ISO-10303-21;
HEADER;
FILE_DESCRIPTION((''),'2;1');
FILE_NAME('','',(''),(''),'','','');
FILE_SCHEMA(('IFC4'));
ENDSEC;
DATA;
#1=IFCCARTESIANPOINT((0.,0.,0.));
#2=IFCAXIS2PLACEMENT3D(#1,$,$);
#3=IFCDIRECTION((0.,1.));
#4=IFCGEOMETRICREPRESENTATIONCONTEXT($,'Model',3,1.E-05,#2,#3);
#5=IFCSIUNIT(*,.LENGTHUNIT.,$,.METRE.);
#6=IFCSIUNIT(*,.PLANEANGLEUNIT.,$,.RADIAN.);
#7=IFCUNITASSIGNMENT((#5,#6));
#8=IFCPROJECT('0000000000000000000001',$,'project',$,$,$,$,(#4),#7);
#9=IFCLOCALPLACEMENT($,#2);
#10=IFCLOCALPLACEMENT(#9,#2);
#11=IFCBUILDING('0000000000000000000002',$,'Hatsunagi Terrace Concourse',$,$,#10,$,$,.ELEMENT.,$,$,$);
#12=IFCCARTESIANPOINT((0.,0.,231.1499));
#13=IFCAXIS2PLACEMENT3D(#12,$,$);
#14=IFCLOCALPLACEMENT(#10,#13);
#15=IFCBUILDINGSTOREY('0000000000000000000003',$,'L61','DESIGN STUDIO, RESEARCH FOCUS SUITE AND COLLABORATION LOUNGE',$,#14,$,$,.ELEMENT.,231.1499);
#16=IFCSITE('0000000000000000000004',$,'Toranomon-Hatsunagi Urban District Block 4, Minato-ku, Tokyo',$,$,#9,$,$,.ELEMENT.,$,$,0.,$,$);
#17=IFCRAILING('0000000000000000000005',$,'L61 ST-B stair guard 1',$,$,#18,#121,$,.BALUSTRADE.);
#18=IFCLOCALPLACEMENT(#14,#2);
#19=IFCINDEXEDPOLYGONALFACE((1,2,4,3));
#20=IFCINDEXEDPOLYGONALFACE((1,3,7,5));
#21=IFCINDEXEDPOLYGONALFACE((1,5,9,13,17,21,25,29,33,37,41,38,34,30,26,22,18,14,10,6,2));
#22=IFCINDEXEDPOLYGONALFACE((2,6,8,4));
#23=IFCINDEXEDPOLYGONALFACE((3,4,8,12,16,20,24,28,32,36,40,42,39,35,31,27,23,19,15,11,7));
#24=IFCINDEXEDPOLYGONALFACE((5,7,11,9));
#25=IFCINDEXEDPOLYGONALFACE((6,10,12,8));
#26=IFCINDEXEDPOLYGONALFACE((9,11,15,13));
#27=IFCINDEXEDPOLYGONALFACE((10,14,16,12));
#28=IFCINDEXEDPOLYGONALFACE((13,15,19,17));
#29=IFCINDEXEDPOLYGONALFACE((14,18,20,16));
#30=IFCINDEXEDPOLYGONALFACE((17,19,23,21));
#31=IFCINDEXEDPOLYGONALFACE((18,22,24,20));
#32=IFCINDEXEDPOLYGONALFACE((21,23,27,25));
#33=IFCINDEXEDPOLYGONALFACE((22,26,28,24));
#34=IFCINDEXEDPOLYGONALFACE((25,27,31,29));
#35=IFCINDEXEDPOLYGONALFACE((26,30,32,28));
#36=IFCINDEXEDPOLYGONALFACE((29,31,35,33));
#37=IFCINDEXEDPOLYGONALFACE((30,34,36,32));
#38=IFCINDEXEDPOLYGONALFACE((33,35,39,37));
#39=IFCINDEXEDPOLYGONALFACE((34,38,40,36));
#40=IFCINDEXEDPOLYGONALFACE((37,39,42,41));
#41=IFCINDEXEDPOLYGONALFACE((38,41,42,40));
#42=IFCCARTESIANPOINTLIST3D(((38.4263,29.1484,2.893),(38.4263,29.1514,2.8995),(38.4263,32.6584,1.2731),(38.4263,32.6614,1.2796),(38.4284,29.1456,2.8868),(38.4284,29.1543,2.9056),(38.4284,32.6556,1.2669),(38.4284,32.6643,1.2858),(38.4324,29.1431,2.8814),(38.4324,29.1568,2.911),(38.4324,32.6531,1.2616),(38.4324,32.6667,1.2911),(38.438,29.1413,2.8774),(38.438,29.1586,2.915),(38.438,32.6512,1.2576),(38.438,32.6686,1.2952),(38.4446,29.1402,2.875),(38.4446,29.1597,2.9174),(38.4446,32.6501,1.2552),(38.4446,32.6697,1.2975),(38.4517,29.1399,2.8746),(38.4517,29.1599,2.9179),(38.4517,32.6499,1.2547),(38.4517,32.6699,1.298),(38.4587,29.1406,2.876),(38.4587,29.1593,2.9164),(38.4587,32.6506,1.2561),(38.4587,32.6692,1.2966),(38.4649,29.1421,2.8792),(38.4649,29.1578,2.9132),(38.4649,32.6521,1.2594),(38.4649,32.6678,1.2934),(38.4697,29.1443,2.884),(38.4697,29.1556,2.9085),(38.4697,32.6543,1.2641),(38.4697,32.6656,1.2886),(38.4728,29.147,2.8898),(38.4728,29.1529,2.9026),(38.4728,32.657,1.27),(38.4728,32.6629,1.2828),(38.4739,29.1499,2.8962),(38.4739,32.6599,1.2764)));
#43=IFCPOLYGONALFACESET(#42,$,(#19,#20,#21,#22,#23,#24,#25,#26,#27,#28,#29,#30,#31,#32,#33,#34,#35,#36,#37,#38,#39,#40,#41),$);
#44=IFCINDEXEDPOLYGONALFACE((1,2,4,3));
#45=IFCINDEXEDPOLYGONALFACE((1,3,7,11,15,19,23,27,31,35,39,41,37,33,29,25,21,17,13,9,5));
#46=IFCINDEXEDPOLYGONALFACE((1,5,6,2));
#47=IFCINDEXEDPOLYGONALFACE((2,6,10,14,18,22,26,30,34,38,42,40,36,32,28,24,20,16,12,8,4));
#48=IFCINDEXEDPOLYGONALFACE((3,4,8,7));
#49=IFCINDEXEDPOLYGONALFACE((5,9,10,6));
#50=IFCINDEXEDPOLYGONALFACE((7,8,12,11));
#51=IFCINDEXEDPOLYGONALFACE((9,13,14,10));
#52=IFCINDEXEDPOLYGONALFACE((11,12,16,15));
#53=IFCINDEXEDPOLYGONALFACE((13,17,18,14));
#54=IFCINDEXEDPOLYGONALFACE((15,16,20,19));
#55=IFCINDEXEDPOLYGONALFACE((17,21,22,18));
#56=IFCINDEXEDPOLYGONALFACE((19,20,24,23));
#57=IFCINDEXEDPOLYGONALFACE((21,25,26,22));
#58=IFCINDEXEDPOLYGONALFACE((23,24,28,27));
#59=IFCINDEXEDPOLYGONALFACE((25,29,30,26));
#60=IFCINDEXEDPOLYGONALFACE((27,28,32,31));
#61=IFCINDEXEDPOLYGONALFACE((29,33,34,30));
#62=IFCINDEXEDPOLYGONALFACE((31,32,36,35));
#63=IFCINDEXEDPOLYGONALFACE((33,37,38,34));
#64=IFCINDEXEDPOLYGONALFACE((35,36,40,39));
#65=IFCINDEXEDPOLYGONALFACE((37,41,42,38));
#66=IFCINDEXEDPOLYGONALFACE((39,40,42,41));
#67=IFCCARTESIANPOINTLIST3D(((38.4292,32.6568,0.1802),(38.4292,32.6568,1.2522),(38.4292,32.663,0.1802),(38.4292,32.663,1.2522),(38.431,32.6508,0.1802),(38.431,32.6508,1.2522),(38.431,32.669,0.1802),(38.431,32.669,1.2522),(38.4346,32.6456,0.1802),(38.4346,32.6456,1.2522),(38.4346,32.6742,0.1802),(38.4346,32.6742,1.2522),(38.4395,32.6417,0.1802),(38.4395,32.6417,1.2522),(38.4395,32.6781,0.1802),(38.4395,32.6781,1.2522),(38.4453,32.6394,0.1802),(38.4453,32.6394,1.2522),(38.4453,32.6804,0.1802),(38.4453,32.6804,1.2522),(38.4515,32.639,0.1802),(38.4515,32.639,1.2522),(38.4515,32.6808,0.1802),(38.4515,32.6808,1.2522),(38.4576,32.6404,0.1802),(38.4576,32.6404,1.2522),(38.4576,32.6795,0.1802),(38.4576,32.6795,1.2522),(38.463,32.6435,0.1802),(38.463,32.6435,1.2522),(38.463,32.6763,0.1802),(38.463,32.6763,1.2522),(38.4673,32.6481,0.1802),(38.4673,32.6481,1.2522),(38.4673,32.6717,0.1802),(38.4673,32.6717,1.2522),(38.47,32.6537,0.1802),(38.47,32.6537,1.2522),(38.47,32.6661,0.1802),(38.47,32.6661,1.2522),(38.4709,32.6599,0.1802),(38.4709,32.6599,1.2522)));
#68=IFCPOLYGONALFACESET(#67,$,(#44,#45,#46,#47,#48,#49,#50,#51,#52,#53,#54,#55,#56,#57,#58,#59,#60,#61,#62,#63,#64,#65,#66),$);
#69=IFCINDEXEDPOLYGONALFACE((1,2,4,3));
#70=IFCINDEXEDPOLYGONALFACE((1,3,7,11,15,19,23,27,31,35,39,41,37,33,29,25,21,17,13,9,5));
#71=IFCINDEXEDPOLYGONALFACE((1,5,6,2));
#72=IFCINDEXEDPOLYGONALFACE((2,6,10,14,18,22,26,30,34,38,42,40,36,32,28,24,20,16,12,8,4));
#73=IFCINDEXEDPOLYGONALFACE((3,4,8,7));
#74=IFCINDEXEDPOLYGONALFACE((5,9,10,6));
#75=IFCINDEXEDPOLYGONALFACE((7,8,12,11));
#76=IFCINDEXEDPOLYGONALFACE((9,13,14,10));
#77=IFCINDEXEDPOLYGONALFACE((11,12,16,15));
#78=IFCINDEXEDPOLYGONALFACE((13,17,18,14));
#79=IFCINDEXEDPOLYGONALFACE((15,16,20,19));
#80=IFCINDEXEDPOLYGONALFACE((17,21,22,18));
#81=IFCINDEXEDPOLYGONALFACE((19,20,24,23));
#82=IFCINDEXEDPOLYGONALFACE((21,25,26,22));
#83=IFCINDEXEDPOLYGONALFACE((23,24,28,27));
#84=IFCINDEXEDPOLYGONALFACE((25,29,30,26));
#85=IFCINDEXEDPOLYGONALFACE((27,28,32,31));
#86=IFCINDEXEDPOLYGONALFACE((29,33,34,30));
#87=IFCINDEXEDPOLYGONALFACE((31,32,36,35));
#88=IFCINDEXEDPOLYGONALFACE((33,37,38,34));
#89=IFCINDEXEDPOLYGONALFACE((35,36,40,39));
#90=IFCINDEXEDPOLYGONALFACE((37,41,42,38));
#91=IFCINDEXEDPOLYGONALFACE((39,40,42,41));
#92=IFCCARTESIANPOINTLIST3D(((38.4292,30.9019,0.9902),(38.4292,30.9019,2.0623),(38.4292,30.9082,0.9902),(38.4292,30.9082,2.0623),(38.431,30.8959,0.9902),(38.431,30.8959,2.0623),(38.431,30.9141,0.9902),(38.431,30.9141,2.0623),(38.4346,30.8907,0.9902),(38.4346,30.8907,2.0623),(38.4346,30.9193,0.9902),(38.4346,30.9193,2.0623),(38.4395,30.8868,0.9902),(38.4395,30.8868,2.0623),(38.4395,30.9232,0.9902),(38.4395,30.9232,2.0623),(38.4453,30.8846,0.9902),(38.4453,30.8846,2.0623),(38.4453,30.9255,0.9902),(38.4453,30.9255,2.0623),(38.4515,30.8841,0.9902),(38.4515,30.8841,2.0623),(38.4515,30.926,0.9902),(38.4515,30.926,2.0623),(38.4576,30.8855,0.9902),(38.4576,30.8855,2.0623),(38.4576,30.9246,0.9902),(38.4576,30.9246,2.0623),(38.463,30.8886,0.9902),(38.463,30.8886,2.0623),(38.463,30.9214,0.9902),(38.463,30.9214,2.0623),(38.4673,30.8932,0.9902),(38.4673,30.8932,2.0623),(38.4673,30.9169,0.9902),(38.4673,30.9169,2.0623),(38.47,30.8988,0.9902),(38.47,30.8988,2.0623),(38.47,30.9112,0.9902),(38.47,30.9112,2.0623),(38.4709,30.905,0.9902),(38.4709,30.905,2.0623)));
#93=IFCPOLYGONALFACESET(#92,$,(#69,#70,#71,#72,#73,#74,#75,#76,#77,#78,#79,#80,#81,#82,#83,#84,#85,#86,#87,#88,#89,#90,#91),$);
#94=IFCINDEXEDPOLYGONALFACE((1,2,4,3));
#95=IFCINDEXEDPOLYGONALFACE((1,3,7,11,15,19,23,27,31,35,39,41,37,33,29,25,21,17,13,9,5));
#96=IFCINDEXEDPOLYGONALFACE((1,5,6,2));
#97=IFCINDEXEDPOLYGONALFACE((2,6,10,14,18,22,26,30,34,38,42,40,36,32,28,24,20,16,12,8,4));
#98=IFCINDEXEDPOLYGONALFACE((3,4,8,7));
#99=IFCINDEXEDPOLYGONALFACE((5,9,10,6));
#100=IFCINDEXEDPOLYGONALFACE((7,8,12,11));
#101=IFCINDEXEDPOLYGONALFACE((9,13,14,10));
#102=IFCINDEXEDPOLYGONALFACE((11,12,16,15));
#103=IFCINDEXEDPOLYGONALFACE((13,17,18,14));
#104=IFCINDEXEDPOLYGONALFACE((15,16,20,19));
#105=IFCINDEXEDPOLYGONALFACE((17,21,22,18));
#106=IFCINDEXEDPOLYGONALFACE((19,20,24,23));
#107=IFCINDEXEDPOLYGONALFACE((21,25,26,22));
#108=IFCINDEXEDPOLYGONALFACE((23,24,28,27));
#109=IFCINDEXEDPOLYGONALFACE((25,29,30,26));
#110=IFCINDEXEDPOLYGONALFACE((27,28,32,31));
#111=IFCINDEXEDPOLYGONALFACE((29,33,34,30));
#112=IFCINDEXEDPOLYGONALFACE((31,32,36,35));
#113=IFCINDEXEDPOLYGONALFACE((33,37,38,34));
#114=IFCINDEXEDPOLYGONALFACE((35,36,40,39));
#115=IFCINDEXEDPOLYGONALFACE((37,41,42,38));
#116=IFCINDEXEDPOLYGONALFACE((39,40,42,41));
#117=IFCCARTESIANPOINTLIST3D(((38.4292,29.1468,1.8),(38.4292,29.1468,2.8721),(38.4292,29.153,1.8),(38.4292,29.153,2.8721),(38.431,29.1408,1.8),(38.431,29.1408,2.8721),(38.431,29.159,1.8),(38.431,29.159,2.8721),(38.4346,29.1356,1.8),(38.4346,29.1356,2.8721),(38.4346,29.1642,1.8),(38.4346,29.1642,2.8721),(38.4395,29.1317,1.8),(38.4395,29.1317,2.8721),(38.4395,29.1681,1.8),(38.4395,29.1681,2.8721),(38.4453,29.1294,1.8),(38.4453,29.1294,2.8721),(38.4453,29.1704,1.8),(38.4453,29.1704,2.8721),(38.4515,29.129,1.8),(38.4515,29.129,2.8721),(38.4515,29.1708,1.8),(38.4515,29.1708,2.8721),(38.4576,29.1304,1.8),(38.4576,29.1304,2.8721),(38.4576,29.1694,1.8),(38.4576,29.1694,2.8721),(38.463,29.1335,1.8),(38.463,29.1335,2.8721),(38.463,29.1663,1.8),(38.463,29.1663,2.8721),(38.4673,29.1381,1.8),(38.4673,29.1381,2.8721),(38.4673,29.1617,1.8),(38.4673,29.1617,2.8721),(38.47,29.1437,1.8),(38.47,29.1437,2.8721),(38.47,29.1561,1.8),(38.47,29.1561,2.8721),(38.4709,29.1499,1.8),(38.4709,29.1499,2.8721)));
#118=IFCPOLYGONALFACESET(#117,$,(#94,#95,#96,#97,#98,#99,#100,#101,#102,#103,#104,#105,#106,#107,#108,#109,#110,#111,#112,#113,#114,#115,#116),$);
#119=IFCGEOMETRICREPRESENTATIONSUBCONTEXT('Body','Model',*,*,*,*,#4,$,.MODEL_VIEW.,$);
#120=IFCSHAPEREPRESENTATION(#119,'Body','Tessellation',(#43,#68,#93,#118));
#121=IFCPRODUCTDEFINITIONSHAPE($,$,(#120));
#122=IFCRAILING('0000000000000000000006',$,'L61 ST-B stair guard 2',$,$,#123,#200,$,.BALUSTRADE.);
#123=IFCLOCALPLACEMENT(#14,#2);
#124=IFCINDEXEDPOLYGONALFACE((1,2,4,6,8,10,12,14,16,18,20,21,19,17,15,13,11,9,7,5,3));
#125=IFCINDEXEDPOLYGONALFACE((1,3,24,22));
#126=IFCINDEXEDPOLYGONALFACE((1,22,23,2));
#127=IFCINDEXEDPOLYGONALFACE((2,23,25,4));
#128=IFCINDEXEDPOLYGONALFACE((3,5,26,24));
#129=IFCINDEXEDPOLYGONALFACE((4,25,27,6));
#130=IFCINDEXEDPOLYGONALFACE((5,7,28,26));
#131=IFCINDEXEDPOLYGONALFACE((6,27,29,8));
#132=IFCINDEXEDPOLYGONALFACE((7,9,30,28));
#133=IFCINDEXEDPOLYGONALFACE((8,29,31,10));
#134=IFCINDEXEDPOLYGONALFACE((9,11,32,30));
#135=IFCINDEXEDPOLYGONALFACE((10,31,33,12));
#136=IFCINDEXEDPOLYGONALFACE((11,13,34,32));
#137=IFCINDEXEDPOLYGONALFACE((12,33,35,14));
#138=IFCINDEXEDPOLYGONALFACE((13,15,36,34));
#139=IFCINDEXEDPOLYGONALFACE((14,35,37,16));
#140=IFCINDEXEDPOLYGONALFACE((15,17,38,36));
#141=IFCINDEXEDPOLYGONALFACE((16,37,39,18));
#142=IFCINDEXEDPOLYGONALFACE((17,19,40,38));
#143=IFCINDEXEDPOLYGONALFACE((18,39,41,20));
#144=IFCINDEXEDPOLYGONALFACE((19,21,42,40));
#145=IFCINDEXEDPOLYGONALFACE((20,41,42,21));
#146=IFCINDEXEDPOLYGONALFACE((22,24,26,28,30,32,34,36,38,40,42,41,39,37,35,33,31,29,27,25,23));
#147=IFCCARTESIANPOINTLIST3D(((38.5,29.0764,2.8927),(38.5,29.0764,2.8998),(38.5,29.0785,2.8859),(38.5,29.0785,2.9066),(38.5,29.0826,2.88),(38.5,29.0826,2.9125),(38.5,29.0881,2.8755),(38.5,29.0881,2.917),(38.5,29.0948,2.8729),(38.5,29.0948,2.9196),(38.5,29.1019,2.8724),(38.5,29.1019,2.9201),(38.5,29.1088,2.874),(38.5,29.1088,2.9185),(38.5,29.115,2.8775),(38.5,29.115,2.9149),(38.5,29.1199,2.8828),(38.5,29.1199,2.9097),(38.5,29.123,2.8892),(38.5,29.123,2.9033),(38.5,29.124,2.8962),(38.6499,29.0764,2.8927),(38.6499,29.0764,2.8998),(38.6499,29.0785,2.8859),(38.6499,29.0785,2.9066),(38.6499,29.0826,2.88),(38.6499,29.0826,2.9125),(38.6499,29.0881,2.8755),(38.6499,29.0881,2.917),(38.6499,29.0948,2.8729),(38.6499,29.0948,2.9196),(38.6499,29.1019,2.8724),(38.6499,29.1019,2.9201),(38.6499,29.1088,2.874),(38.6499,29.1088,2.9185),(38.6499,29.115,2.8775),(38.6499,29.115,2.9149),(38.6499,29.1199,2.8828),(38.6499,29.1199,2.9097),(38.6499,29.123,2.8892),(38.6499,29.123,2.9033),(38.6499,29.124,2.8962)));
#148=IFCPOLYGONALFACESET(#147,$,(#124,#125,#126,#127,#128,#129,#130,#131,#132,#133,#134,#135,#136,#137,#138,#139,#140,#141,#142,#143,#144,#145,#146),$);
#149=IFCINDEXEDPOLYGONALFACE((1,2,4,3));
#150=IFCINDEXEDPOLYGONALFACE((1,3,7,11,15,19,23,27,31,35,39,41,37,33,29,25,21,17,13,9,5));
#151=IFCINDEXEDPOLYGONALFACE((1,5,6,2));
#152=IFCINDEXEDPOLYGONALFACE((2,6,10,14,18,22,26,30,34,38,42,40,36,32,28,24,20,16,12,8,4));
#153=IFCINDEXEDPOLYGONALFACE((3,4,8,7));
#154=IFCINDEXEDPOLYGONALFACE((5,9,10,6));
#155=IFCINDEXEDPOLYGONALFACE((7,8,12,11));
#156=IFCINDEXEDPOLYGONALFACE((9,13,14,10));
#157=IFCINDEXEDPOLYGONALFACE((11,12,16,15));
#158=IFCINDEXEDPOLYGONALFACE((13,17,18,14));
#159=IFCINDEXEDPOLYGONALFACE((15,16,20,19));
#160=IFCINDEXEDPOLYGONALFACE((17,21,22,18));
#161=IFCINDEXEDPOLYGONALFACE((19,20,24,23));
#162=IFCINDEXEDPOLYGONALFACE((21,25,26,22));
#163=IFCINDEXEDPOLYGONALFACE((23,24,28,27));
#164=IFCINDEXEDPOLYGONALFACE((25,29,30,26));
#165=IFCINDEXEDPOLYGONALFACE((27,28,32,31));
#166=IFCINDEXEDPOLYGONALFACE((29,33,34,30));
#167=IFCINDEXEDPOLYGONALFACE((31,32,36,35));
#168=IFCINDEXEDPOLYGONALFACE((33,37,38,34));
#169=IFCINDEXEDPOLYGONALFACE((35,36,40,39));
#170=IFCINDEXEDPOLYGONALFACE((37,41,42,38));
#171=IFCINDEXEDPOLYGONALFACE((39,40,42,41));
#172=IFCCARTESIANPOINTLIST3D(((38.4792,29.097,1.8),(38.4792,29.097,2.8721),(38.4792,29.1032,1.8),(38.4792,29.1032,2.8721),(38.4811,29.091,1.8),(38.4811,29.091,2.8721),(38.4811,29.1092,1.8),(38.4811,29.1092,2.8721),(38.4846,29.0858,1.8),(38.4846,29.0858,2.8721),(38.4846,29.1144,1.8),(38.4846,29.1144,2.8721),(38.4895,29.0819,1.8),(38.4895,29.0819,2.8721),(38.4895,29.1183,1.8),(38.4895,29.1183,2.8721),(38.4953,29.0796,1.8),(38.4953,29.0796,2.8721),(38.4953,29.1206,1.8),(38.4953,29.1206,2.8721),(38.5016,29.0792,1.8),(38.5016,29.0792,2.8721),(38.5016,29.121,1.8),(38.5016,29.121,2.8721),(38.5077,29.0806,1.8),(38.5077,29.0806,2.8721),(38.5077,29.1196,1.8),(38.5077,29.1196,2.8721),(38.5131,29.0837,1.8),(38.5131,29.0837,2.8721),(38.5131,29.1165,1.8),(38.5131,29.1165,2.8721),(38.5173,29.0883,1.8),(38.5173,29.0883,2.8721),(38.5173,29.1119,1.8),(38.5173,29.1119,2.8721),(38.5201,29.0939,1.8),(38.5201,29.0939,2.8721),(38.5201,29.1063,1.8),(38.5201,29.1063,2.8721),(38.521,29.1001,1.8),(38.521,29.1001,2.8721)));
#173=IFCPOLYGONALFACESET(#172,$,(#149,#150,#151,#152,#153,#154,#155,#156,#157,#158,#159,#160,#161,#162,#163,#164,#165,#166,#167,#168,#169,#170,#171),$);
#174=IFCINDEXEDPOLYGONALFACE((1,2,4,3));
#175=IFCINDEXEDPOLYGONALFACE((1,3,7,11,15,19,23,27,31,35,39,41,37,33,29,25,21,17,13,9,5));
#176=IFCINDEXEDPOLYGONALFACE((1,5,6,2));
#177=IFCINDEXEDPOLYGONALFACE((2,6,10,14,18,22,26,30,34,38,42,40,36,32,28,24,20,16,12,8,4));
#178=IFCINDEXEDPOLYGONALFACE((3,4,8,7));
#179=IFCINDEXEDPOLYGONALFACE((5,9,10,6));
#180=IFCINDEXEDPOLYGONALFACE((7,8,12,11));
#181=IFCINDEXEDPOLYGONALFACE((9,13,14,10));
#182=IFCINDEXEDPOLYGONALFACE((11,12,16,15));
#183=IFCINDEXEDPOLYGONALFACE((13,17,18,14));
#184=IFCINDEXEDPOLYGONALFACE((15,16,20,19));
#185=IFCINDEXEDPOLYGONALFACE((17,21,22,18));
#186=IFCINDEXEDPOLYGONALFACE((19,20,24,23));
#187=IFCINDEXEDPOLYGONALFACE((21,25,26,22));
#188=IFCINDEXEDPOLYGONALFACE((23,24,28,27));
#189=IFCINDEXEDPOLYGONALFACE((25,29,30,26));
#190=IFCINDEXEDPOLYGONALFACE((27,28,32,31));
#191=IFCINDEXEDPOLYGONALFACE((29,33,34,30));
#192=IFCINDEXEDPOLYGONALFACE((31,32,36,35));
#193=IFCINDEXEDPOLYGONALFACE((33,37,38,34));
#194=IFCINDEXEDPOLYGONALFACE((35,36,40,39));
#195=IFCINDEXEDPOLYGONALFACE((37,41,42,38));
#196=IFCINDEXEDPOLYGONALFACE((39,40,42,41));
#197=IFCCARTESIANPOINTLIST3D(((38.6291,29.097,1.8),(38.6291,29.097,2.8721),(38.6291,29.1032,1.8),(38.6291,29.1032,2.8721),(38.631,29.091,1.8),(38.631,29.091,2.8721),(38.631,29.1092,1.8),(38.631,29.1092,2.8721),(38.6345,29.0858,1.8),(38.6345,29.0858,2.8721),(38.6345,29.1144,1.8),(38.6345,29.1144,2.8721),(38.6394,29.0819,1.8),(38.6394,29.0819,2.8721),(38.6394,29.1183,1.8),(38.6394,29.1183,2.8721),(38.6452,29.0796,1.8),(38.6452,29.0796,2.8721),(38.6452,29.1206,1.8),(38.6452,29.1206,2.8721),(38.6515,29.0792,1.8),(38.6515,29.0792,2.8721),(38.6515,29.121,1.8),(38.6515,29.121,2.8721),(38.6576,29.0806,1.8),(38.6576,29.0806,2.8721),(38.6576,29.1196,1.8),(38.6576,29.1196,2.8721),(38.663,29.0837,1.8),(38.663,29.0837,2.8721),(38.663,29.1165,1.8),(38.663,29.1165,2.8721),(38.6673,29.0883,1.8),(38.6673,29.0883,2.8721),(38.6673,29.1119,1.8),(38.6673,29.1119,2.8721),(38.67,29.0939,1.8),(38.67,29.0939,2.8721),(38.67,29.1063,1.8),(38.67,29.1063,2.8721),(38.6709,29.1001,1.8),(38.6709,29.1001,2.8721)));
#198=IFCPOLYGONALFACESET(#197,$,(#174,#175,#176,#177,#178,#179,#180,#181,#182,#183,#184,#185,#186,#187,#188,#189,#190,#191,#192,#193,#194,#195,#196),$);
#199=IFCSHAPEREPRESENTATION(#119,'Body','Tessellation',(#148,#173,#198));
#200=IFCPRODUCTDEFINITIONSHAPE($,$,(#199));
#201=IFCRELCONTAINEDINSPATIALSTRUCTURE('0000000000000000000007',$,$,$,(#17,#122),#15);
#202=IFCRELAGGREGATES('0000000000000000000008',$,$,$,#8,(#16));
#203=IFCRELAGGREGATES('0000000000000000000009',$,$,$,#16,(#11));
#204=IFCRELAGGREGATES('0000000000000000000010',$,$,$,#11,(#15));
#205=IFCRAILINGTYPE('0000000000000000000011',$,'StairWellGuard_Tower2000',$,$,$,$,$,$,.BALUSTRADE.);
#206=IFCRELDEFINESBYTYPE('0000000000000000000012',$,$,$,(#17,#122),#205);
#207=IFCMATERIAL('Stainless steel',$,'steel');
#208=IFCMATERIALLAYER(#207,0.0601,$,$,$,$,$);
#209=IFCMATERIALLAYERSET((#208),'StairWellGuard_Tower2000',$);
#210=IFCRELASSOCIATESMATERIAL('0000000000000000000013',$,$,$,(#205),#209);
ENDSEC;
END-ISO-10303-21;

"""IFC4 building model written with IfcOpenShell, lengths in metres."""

from ifc_helpers import new_model, si_unit, direction, frame, origin, origin_2d, place, context, subcontext, project, spatial, circle, extrude, material, layer, layer_set, type_object, element, save


model = new_model("IFC4")

# Units and contexts
model_context = context("Model", 3, precision=1e-05, world=origin(), true_north=direction((0.0, 1.0)))
body_context = subcontext(model_context, "Body", "Model", "MODEL_VIEW")
ifc_project = project(units=[si_unit("LENGTHUNIT", "METRE"), si_unit("PLANEANGLEUNIT", "RADIAN")], contexts=[model_context])

# Site, building, storey
site_placement = place(None, origin())
site = spatial("IfcSite", under=ifc_project, at=site_placement, Name="Toranomon-Hatsunagi Urban District Block 4, Minato-ku, Tokyo", CompositionType="ELEMENT", RefElevation=0.0)
building_placement = place(site_placement, origin())
building = spatial("IfcBuilding", under=site, at=building_placement, Name="Hatsunagi Terrace Concourse", CompositionType="ELEMENT")
storey_placement = place(building_placement, frame((0.0, 0.0, 231.1499)))
storey = spatial("IfcBuildingStorey", under=building, at=storey_placement, Name="L61", Description="DESIGN STUDIO, RESEARCH FOCUS SUITE AND COLLABORATION LOUNGE", CompositionType="ELEMENT", Elevation=231.1499)

# Railings
ifc_material_1 = material(Name="Stainless steel", Category="steel")
ifc_layer_1 = layer(ifc_material_1, 0.0601)
ifc_layer_set_1 = layer_set([ifc_layer_1], Name="StairWellGuard_Tower2000")
railing_type_1 = type_object("IfcRailingType", Name="StairWellGuard_Tower2000", PredefinedType="BALUSTRADE", material=ifc_layer_set_1)
railing_1_placement = place(storey_placement, frame((38.45, 32.6599, 0.1802)))
element("IfcRailing", 1, at=railing_1_placement, inside=storey, type_object=railing_type_1, Name="L61 ST-B stair guard 1", PredefinedType="BALUSTRADE", context=body_context, shape_type="SweptSolid", body=[
    extrude(circle(Radius=0.0239, at=origin_2d()), frame((0.0, 0.0, 1.0962), z_axis=(0.0, -0.907972, 0.41903), x_axis=(1.0, 0.0, 0.0)), (0.0, 0.0, 1.0), 3.8657),
    extrude(circle(Radius=0.021, at=origin_2d()), origin(), (0.0, 0.0, 1.0), 1.072),
    extrude(circle(Radius=0.021, at=origin_2d()), frame((0.0, -1.7549, 0.8101)), (0.0, 0.0, 1.0), 1.072),
    extrude(circle(Radius=0.021, at=origin_2d()), frame((0.0, -3.51, 1.6199)), (0.0, 0.0, 1.0), 1.072),
])
railing_2_placement = place(storey_placement, frame((38.5, 29.1001, 1.8)))
element("IfcRailing", 2, at=railing_2_placement, inside=storey, type_object=railing_type_1, Name="L61 ST-B stair guard 2", PredefinedType="BALUSTRADE", context=body_context, shape_type="SweptSolid", body=[
    extrude(circle(Radius=0.0239, at=origin_2d()), frame((0.0, 0.0, 1.0962), z_axis=(1.0, 0.0, 0.0), x_axis=(0.0, 1.0, 0.0)), (0.0, 0.0, 1.0), 0.1499),
    extrude(circle(Radius=0.021, at=origin_2d()), origin(), (0.0, 0.0, 1.0), 1.072),
    extrude(circle(Radius=0.021, at=origin_2d()), frame((0.1499, 0.0, 0.0)), (0.0, 0.0, 1.0), 1.072),
])

save(model, "model.ifc")
